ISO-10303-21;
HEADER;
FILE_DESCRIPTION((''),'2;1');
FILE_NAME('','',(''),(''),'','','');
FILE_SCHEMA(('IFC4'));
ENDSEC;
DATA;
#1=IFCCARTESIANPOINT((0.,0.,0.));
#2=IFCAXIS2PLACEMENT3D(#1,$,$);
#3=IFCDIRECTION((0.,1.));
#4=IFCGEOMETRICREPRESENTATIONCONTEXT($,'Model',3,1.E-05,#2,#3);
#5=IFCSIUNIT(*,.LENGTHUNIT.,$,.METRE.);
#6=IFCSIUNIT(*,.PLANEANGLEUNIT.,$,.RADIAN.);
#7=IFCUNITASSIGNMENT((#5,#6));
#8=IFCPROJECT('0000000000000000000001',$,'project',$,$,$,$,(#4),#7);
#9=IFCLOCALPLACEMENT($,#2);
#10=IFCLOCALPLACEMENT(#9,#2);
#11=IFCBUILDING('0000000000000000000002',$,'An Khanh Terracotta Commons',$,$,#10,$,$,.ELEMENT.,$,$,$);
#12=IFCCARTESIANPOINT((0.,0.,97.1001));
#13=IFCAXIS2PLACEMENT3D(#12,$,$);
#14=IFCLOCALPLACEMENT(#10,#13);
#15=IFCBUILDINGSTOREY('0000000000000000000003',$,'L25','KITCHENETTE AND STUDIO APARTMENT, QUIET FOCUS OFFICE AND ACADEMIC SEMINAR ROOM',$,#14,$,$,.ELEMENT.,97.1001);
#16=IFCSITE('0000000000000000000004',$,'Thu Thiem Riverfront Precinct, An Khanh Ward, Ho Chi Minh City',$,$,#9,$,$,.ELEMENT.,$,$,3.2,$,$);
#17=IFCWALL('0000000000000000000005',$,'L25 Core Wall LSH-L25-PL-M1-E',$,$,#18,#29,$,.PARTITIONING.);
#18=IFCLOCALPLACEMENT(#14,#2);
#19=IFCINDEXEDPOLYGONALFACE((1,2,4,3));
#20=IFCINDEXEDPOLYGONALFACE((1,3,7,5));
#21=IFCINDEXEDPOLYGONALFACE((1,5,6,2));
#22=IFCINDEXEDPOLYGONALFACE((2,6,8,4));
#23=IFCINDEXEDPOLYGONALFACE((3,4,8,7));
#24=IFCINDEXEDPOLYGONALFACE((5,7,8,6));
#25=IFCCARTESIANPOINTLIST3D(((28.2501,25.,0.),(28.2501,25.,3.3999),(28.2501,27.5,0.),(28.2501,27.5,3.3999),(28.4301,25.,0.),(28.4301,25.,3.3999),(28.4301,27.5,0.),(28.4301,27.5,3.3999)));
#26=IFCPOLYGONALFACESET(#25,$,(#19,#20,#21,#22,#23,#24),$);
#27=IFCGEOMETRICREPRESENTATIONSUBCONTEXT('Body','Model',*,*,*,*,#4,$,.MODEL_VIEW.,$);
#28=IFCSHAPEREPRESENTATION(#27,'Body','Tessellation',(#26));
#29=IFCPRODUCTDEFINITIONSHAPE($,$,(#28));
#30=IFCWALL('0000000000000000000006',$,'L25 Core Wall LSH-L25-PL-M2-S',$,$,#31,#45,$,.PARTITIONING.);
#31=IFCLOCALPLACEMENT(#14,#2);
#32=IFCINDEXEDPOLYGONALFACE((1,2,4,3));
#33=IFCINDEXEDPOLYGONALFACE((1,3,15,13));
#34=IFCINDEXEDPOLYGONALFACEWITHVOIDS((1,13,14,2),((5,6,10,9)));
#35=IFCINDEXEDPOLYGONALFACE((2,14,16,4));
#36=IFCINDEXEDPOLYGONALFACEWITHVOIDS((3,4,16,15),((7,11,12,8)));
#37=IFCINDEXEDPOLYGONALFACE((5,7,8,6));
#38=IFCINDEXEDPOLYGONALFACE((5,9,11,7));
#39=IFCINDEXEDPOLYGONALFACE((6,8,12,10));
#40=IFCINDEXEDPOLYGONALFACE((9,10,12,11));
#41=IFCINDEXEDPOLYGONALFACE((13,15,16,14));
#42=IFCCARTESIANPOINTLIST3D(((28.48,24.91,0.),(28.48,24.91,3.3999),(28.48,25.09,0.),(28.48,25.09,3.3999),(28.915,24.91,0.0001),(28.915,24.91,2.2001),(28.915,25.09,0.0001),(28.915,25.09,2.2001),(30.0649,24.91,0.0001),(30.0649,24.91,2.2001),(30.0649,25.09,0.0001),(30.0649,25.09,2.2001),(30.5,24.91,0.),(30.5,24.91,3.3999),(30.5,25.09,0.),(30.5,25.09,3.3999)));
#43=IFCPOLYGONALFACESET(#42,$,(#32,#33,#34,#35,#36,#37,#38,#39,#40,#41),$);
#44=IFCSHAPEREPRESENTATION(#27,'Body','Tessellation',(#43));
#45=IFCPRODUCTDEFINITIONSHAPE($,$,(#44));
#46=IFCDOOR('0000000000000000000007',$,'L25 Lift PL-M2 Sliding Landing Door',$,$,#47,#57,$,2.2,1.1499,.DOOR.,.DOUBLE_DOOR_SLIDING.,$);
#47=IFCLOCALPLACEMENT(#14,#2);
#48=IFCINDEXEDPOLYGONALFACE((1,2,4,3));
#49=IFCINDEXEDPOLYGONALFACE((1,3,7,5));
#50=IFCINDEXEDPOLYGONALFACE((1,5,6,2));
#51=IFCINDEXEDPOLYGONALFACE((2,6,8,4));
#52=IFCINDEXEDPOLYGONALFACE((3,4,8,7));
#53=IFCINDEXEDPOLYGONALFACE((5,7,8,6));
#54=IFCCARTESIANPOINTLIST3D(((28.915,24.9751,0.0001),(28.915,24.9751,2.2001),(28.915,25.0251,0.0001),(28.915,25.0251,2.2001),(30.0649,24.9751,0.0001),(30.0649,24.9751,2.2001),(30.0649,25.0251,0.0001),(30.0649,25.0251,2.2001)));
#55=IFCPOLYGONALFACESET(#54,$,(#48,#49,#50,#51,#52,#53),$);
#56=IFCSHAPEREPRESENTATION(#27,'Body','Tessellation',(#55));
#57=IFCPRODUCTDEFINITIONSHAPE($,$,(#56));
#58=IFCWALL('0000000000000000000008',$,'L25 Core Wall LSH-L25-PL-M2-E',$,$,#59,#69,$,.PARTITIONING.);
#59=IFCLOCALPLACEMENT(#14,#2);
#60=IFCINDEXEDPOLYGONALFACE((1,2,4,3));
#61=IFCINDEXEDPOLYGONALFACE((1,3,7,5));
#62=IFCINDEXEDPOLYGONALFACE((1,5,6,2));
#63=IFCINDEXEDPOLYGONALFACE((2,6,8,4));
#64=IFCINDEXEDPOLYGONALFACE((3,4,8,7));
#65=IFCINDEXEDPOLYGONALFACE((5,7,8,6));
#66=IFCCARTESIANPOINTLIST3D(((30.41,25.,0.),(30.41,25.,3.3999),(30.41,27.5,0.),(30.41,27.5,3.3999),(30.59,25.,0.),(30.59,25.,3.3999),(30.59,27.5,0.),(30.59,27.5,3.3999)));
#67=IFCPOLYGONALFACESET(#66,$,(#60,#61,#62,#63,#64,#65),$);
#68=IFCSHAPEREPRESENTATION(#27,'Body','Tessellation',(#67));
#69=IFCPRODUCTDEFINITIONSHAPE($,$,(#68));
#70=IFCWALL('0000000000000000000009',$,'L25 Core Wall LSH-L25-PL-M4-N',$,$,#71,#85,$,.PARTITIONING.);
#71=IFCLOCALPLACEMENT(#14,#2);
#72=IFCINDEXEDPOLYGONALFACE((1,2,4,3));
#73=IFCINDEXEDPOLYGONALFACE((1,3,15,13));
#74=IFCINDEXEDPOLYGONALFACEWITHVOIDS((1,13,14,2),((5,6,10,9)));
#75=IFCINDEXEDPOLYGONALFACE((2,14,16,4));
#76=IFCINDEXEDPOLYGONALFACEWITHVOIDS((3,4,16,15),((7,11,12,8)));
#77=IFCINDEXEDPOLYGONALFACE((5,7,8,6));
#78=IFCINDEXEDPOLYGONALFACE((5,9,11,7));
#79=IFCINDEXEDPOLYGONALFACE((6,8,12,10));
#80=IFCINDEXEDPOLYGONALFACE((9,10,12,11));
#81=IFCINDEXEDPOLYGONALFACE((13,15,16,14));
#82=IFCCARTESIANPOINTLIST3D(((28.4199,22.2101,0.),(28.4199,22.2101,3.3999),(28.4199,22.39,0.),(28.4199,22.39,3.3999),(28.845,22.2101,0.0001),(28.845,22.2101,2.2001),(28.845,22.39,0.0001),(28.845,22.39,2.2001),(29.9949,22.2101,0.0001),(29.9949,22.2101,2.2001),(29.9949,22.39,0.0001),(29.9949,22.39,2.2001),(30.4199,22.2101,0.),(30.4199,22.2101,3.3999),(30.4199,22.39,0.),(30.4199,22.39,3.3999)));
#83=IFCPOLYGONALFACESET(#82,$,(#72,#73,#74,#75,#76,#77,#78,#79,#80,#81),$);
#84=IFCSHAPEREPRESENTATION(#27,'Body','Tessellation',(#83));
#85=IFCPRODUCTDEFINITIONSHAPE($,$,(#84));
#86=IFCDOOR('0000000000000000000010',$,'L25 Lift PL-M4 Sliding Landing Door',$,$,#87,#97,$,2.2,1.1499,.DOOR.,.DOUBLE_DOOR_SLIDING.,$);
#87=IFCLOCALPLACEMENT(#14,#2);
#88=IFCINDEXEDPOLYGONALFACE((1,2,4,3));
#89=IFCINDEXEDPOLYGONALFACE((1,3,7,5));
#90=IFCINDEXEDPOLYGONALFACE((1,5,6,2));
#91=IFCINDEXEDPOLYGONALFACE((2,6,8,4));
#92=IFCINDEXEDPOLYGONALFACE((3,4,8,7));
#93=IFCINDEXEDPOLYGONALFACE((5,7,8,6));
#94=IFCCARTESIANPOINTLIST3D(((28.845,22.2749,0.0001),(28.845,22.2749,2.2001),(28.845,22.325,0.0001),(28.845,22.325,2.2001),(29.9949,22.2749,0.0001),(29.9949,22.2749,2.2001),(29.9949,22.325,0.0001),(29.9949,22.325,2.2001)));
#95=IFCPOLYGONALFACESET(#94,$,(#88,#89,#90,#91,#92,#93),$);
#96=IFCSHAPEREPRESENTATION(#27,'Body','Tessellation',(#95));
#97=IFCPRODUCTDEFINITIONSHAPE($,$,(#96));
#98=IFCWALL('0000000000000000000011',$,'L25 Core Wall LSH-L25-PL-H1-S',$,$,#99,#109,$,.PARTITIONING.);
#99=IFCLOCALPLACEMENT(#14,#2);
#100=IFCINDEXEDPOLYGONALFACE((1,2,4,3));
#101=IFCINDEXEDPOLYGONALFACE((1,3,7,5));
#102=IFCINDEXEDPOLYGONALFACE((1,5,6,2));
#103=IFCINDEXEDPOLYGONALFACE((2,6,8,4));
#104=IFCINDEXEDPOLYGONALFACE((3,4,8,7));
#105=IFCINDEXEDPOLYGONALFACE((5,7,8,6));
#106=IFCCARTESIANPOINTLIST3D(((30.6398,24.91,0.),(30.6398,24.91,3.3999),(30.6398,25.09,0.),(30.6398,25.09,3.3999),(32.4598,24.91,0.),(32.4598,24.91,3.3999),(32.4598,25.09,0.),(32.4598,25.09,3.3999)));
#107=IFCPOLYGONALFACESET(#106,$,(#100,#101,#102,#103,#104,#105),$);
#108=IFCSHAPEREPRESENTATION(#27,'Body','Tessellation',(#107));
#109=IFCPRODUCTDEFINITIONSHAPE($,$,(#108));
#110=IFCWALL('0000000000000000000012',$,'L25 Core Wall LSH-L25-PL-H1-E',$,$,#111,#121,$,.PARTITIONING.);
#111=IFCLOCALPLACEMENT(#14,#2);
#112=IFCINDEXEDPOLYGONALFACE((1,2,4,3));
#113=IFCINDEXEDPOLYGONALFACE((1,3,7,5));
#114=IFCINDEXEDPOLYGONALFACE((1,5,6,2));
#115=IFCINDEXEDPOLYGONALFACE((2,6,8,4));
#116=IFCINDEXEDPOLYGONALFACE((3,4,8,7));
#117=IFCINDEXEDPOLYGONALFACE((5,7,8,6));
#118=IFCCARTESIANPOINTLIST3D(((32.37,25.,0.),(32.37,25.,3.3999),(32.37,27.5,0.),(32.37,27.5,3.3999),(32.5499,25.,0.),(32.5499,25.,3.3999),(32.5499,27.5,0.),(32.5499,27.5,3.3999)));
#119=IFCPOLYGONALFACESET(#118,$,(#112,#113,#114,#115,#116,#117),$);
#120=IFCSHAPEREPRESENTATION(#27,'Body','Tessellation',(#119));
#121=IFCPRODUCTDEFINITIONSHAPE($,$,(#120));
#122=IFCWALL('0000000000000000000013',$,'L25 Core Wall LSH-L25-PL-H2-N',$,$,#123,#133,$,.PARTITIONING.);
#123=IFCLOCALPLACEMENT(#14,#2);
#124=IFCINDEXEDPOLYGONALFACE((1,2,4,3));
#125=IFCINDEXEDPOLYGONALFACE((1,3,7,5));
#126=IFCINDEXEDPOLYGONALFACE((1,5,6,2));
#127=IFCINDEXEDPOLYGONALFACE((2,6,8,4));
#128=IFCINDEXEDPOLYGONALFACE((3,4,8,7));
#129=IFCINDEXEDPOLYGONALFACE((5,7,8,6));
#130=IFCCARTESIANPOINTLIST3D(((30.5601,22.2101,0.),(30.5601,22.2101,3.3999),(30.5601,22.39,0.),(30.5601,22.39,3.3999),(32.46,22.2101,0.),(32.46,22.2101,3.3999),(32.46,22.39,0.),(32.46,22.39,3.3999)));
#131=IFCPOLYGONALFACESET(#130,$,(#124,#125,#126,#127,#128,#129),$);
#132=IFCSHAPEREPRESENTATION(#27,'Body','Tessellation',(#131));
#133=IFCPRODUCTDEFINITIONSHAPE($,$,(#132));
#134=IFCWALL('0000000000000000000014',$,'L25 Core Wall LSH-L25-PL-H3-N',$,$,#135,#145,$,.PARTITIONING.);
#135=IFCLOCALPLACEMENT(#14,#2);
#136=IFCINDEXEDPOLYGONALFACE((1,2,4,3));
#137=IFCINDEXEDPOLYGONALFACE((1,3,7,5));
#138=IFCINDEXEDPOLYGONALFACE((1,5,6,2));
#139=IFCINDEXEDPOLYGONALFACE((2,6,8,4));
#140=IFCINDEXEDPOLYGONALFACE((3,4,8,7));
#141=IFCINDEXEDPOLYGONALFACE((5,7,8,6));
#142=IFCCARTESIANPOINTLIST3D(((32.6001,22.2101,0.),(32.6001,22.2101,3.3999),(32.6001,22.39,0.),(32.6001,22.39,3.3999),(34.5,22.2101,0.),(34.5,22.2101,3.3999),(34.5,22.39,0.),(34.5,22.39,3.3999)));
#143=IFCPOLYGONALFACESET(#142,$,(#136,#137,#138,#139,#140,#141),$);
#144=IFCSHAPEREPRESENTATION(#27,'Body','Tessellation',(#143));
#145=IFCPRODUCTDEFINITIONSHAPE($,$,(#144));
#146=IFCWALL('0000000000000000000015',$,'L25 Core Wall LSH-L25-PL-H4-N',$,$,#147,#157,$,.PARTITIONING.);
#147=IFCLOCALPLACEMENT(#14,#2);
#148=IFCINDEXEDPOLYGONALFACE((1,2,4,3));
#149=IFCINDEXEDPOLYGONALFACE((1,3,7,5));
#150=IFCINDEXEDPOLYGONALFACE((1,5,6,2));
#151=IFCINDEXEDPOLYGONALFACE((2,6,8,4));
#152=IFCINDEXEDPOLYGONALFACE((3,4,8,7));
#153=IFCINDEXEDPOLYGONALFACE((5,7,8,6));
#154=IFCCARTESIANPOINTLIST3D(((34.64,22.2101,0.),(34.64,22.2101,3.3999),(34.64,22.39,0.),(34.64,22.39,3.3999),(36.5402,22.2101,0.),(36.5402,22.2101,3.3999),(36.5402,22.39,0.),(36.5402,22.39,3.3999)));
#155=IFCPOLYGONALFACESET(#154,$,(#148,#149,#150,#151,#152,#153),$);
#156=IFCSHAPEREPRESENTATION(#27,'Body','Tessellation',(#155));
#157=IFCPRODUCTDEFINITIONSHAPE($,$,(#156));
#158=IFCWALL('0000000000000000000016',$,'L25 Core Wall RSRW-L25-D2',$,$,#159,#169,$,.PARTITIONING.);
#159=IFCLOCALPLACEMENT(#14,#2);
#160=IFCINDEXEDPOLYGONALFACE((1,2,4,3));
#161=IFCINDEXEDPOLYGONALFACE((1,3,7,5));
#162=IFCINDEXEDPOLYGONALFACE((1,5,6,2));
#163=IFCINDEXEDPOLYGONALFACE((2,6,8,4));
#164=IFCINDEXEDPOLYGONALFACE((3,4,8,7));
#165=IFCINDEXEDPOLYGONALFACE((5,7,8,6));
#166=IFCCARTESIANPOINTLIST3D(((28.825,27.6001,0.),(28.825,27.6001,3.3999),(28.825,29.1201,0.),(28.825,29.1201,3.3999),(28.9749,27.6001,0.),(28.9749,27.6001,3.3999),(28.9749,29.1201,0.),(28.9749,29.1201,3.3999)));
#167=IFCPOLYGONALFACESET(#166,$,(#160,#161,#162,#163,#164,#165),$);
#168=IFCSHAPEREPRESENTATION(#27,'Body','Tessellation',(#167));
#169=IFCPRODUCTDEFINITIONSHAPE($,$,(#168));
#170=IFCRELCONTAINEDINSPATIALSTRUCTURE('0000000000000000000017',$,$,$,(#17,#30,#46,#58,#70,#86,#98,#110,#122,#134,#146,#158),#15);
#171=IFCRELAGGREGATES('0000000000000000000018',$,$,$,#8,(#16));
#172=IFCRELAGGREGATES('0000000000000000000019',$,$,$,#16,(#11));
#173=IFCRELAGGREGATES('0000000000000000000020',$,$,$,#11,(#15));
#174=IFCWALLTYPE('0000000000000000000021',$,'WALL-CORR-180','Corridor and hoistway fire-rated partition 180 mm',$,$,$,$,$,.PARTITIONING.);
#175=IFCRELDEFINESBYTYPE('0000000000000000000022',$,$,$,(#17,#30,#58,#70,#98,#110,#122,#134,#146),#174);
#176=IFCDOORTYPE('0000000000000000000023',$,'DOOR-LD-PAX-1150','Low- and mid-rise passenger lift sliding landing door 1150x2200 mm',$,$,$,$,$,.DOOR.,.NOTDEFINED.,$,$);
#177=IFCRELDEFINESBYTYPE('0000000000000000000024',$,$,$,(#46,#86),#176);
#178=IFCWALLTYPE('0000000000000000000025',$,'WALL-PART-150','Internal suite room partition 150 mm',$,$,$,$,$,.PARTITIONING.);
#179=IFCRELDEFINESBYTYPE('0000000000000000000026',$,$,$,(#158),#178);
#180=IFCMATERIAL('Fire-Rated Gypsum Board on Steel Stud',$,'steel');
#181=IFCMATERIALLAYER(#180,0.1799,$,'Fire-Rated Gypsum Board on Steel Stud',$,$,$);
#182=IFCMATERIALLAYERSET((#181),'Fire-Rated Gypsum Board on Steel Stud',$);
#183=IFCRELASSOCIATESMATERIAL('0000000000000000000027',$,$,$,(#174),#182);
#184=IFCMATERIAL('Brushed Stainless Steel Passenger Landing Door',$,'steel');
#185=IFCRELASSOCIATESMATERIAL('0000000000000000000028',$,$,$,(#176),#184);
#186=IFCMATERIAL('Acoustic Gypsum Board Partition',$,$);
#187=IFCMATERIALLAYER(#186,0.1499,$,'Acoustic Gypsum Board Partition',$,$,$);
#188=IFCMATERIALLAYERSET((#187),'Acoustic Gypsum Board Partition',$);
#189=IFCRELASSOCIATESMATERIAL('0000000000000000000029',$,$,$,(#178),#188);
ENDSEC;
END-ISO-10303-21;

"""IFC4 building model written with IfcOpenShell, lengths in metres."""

from ifc_helpers import new_model, si_unit, direction, frame, frame_2d, origin, place, context, subcontext, project, spatial, rectangle, extrude, material, layer, layer_set, type_object, element, fill, save


model = new_model("IFC4")

# Units and contexts
model_context = context("Model", 3, precision=1e-05, world=origin(), true_north=direction((0.0, 1.0)))
body_context = subcontext(model_context, "Body", "Model", "MODEL_VIEW")
ifc_project = project(units=[si_unit("LENGTHUNIT", "METRE"), si_unit("PLANEANGLEUNIT", "RADIAN")], contexts=[model_context])

# Site, building, storey
site_placement = place(None, origin())
site = spatial("IfcSite", under=ifc_project, at=site_placement, Name="Thu Thiem Riverfront Precinct, An Khanh Ward, Ho Chi Minh City", CompositionType="ELEMENT", RefElevation=3.2)
building_placement = place(site_placement, origin())
building = spatial("IfcBuilding", under=site, at=building_placement, Name="An Khanh Terracotta Commons", CompositionType="ELEMENT")
storey_placement = place(building_placement, frame((0.0, 0.0, 97.1001)))
storey = spatial("IfcBuildingStorey", under=building, at=storey_placement, Name="L25", Description="KITCHENETTE AND STUDIO APARTMENT, QUIET FOCUS OFFICE AND ACADEMIC SEMINAR ROOM", CompositionType="ELEMENT", Elevation=97.1001)

# Shared definitions
ifc_material_1 = material(Name="Fire-Rated Gypsum Board on Steel Stud", Category="steel")
ifc_layer_1 = layer(ifc_material_1, 0.1799, Name="Fire-Rated Gypsum Board on Steel Stud")
ifc_layer_set_1 = layer_set([ifc_layer_1], Name="Fire-Rated Gypsum Board on Steel Stud")
wall_type_1 = type_object("IfcWallType", Name="WALL-CORR-180", Description="Corridor and hoistway fire-rated partition 180 mm", PredefinedType="PARTITIONING", material=ifc_layer_set_1)

# Shared definitions
ifc_material_2 = material(Name="Brushed Stainless Steel Passenger Landing Door", Category="steel")
door_type = type_object("IfcDoorType", Name="DOOR-LD-PAX-1150", Description="Low- and mid-rise passenger lift sliding landing door 1150x2200 mm", OperationType="NOTDEFINED", PredefinedType="DOOR", material=ifc_material_2)

# Wall
wall_1_placement = place(storey_placement, frame((28.3401, 25.0, 0.0), z_axis=(0.0, 0.0, 1.0), x_axis=(0.0, 1.0, 0.0)))
element("IfcWall", 1, at=wall_1_placement, inside=storey, type_object=wall_type_1, Name="L25 Core Wall LSH-L25-PL-M1-E", PredefinedType="PARTITIONING", context=body_context, shape_type="SweptSolid", body=[
    extrude(rectangle(XDim=2.5, YDim=0.1799, at=frame_2d((1.25, 0.0))), origin(), (0.0, 0.0, 1.0), 3.3999),
])

# Wall, opening, door
wall_2_placement = place(storey_placement, frame((30.5, 25.0, 0.0), z_axis=(0.0, 0.0, 1.0), x_axis=(-1.0, 0.0, 0.0)))
wall_2 = element("IfcWall", 2, at=wall_2_placement, inside=storey, type_object=wall_type_1, Name="L25 Core Wall LSH-L25-PL-M2-S", PredefinedType="PARTITIONING", context=body_context, shape_type="SweptSolid", body=[
    extrude(rectangle(XDim=2.02, YDim=0.1799, at=frame_2d((1.01, 0.0))), origin(), (0.0, 0.0, 1.0), 3.3999),
])
opening_1_placement = place(wall_2_placement, frame((0.4351, 0.0, 0.0)))
opening_1 = element("IfcOpeningElement", 3, at=opening_1_placement, cuts=wall_2, PredefinedType="OPENING", context=body_context, shape_type="SweptSolid", body=[
    extrude(rectangle(XDim=1.1499, YDim=2.2, at=frame_2d((0.575, 1.1001))), frame((0.0, 0.0999, 0.0), z_axis=(0.0, -1.0, 0.0), x_axis=(1.0, 0.0, 0.0)), (0.0, 0.0, 1.0), 0.2),
])
door_1_placement = place(opening_1_placement, origin())
door_1 = element("IfcDoor", 4, at=door_1_placement, inside=storey, type_object=door_type, Name="L25 Lift PL-M2 Sliding Landing Door", OperationType="DOUBLE_DOOR_SLIDING", OverallHeight=2.2, OverallWidth=1.1499, PredefinedType="DOOR", context=body_context, shape_type="SweptSolid", body=[
    extrude(rectangle(XDim=1.1499, YDim=2.2, at=frame_2d((0.575, 1.1001))), frame((0.0, 0.0249, 0.0), z_axis=(0.0, -1.0, 0.0), x_axis=(1.0, 0.0, 0.0)), (0.0, 0.0, 1.0), 0.05),
])
fill(opening_1, door_1)

# Wall
wall_3_placement = place(storey_placement, frame((30.5, 25.0, 0.0), z_axis=(0.0, 0.0, 1.0), x_axis=(0.0, 1.0, 0.0)))
element("IfcWall", 5, at=wall_3_placement, inside=storey, type_object=wall_type_1, Name="L25 Core Wall LSH-L25-PL-M2-E", PredefinedType="PARTITIONING", context=body_context, shape_type="SweptSolid", body=[
    extrude(rectangle(XDim=2.5, YDim=0.1799, at=frame_2d((1.25, 0.0))), origin(), (0.0, 0.0, 1.0), 3.3999),
])

# Wall, opening, door
wall_4_placement = place(storey_placement, frame((28.4199, 22.3, 0.0), z_axis=(0.0, 0.0, 1.0), x_axis=(1.0, 0.0, 0.0)))
wall_4 = element("IfcWall", 6, at=wall_4_placement, inside=storey, type_object=wall_type_1, Name="L25 Core Wall LSH-L25-PL-M4-N", PredefinedType="PARTITIONING", context=body_context, shape_type="SweptSolid", body=[
    extrude(rectangle(XDim=2.0, YDim=0.1799, at=frame_2d((1.0, 0.0))), origin(), (0.0, 0.0, 1.0), 3.3999),
])
opening_2_placement = place(wall_4_placement, frame((0.425, 0.0, 0.0)))
opening_2 = element("IfcOpeningElement", 7, at=opening_2_placement, cuts=wall_4, PredefinedType="OPENING", context=body_context, shape_type="SweptSolid", body=[
    extrude(rectangle(XDim=1.1499, YDim=2.2, at=frame_2d((0.575, 1.1001))), frame((0.0, 0.0999, 0.0), z_axis=(0.0, -1.0, 0.0), x_axis=(1.0, 0.0, 0.0)), (0.0, 0.0, 1.0), 0.2),
])
door_2_placement = place(opening_2_placement, origin())
door_2 = element("IfcDoor", 8, at=door_2_placement, inside=storey, type_object=door_type, Name="L25 Lift PL-M4 Sliding Landing Door", OperationType="DOUBLE_DOOR_SLIDING", OverallHeight=2.2, OverallWidth=1.1499, PredefinedType="DOOR", context=body_context, shape_type="SweptSolid", body=[
    extrude(rectangle(XDim=1.1499, YDim=2.2, at=frame_2d((0.575, 1.1001))), frame((0.0, 0.0249, 0.0), z_axis=(0.0, -1.0, 0.0), x_axis=(1.0, 0.0, 0.0)), (0.0, 0.0, 1.0), 0.05),
])
fill(opening_2, door_2)

# Walls
wall_5_placement = place(storey_placement, frame((32.46, 25.0, 0.0), z_axis=(0.0, 0.0, 1.0), x_axis=(-1.0, 0.0, 0.0)))
element("IfcWall", 9, at=wall_5_placement, inside=storey, type_object=wall_type_1, Name="L25 Core Wall LSH-L25-PL-H1-S", PredefinedType="PARTITIONING", context=body_context, shape_type="SweptSolid", body=[
    extrude(rectangle(XDim=1.8201, YDim=0.1799, at=frame_2d((0.9102, 0.0))), origin(), (0.0, 0.0, 1.0), 3.3999),
])
wall_6_placement = place(storey_placement, frame((32.46, 25.0, 0.0), z_axis=(0.0, 0.0, 1.0), x_axis=(0.0, 1.0, 0.0)))
element("IfcWall", 10, at=wall_6_placement, inside=storey, type_object=wall_type_1, Name="L25 Core Wall LSH-L25-PL-H1-E", PredefinedType="PARTITIONING", context=body_context, shape_type="SweptSolid", body=[
    extrude(rectangle(XDim=2.5, YDim=0.1799, at=frame_2d((1.25, 0.0))), origin(), (0.0, 0.0, 1.0), 3.3999),
])
for number, where, z_axis, x_axis, name in (
    (11, (30.5601, 22.3, 0.0), (0.0, 0.0, 1.0), (1.0, 0.0, 0.0), "L25 Core Wall LSH-L25-PL-H2-N"),
    (12, (32.6001, 22.3, 0.0), (0.0, 0.0, 1.0), (1.0, 0.0, 0.0), "L25 Core Wall LSH-L25-PL-H3-N"),
):
    element("IfcWall", number, at=place(storey_placement, frame(where, z_axis=z_axis, x_axis=x_axis)), inside=storey, type_object=wall_type_1, Name=name, PredefinedType="PARTITIONING", context=body_context, shape_type="SweptSolid", body=[
        extrude(rectangle(XDim=1.8999, YDim=0.1799, at=frame_2d((0.95, 0.0))), origin(), (0.0, 0.0, 1.0), 3.3999),
    ])
wall_7_placement = place(storey_placement, frame((34.6399, 22.3, 0.0), z_axis=(0.0, 0.0, 1.0), x_axis=(1.0, 0.0, 0.0)))
element("IfcWall", 13, at=wall_7_placement, inside=storey, type_object=wall_type_1, Name="L25 Core Wall LSH-L25-PL-H4-N", PredefinedType="PARTITIONING", context=body_context, shape_type="SweptSolid", body=[
    extrude(rectangle(XDim=1.9001, YDim=0.1799, at=frame_2d((0.9502, 0.0))), origin(), (0.0, 0.0, 1.0), 3.3999),
])
ifc_material_3 = material(Name="Acoustic Gypsum Board Partition")
ifc_layer_2 = layer(ifc_material_3, 0.1499, Name="Acoustic Gypsum Board Partition")
ifc_layer_set_2 = layer_set([ifc_layer_2], Name="Acoustic Gypsum Board Partition")
wall_type_2 = type_object("IfcWallType", Name="WALL-PART-150", Description="Internal suite room partition 150 mm", PredefinedType="PARTITIONING", material=ifc_layer_set_2)
wall_8_placement = place(storey_placement, frame((28.8999, 27.6001, 0.0), z_axis=(0.0, 0.0, 1.0), x_axis=(0.0, 1.0, 0.0)))
element("IfcWall", 14, at=wall_8_placement, inside=storey, type_object=wall_type_2, Name="L25 Core Wall RSRW-L25-D2", PredefinedType="PARTITIONING", context=body_context, shape_type="SweptSolid", body=[
    extrude(rectangle(XDim=1.52, YDim=0.1499, at=frame_2d((0.76, 0.0))), origin(), (0.0, 0.0, 1.0), 3.3999),
])

save(model, "model.ifc")
